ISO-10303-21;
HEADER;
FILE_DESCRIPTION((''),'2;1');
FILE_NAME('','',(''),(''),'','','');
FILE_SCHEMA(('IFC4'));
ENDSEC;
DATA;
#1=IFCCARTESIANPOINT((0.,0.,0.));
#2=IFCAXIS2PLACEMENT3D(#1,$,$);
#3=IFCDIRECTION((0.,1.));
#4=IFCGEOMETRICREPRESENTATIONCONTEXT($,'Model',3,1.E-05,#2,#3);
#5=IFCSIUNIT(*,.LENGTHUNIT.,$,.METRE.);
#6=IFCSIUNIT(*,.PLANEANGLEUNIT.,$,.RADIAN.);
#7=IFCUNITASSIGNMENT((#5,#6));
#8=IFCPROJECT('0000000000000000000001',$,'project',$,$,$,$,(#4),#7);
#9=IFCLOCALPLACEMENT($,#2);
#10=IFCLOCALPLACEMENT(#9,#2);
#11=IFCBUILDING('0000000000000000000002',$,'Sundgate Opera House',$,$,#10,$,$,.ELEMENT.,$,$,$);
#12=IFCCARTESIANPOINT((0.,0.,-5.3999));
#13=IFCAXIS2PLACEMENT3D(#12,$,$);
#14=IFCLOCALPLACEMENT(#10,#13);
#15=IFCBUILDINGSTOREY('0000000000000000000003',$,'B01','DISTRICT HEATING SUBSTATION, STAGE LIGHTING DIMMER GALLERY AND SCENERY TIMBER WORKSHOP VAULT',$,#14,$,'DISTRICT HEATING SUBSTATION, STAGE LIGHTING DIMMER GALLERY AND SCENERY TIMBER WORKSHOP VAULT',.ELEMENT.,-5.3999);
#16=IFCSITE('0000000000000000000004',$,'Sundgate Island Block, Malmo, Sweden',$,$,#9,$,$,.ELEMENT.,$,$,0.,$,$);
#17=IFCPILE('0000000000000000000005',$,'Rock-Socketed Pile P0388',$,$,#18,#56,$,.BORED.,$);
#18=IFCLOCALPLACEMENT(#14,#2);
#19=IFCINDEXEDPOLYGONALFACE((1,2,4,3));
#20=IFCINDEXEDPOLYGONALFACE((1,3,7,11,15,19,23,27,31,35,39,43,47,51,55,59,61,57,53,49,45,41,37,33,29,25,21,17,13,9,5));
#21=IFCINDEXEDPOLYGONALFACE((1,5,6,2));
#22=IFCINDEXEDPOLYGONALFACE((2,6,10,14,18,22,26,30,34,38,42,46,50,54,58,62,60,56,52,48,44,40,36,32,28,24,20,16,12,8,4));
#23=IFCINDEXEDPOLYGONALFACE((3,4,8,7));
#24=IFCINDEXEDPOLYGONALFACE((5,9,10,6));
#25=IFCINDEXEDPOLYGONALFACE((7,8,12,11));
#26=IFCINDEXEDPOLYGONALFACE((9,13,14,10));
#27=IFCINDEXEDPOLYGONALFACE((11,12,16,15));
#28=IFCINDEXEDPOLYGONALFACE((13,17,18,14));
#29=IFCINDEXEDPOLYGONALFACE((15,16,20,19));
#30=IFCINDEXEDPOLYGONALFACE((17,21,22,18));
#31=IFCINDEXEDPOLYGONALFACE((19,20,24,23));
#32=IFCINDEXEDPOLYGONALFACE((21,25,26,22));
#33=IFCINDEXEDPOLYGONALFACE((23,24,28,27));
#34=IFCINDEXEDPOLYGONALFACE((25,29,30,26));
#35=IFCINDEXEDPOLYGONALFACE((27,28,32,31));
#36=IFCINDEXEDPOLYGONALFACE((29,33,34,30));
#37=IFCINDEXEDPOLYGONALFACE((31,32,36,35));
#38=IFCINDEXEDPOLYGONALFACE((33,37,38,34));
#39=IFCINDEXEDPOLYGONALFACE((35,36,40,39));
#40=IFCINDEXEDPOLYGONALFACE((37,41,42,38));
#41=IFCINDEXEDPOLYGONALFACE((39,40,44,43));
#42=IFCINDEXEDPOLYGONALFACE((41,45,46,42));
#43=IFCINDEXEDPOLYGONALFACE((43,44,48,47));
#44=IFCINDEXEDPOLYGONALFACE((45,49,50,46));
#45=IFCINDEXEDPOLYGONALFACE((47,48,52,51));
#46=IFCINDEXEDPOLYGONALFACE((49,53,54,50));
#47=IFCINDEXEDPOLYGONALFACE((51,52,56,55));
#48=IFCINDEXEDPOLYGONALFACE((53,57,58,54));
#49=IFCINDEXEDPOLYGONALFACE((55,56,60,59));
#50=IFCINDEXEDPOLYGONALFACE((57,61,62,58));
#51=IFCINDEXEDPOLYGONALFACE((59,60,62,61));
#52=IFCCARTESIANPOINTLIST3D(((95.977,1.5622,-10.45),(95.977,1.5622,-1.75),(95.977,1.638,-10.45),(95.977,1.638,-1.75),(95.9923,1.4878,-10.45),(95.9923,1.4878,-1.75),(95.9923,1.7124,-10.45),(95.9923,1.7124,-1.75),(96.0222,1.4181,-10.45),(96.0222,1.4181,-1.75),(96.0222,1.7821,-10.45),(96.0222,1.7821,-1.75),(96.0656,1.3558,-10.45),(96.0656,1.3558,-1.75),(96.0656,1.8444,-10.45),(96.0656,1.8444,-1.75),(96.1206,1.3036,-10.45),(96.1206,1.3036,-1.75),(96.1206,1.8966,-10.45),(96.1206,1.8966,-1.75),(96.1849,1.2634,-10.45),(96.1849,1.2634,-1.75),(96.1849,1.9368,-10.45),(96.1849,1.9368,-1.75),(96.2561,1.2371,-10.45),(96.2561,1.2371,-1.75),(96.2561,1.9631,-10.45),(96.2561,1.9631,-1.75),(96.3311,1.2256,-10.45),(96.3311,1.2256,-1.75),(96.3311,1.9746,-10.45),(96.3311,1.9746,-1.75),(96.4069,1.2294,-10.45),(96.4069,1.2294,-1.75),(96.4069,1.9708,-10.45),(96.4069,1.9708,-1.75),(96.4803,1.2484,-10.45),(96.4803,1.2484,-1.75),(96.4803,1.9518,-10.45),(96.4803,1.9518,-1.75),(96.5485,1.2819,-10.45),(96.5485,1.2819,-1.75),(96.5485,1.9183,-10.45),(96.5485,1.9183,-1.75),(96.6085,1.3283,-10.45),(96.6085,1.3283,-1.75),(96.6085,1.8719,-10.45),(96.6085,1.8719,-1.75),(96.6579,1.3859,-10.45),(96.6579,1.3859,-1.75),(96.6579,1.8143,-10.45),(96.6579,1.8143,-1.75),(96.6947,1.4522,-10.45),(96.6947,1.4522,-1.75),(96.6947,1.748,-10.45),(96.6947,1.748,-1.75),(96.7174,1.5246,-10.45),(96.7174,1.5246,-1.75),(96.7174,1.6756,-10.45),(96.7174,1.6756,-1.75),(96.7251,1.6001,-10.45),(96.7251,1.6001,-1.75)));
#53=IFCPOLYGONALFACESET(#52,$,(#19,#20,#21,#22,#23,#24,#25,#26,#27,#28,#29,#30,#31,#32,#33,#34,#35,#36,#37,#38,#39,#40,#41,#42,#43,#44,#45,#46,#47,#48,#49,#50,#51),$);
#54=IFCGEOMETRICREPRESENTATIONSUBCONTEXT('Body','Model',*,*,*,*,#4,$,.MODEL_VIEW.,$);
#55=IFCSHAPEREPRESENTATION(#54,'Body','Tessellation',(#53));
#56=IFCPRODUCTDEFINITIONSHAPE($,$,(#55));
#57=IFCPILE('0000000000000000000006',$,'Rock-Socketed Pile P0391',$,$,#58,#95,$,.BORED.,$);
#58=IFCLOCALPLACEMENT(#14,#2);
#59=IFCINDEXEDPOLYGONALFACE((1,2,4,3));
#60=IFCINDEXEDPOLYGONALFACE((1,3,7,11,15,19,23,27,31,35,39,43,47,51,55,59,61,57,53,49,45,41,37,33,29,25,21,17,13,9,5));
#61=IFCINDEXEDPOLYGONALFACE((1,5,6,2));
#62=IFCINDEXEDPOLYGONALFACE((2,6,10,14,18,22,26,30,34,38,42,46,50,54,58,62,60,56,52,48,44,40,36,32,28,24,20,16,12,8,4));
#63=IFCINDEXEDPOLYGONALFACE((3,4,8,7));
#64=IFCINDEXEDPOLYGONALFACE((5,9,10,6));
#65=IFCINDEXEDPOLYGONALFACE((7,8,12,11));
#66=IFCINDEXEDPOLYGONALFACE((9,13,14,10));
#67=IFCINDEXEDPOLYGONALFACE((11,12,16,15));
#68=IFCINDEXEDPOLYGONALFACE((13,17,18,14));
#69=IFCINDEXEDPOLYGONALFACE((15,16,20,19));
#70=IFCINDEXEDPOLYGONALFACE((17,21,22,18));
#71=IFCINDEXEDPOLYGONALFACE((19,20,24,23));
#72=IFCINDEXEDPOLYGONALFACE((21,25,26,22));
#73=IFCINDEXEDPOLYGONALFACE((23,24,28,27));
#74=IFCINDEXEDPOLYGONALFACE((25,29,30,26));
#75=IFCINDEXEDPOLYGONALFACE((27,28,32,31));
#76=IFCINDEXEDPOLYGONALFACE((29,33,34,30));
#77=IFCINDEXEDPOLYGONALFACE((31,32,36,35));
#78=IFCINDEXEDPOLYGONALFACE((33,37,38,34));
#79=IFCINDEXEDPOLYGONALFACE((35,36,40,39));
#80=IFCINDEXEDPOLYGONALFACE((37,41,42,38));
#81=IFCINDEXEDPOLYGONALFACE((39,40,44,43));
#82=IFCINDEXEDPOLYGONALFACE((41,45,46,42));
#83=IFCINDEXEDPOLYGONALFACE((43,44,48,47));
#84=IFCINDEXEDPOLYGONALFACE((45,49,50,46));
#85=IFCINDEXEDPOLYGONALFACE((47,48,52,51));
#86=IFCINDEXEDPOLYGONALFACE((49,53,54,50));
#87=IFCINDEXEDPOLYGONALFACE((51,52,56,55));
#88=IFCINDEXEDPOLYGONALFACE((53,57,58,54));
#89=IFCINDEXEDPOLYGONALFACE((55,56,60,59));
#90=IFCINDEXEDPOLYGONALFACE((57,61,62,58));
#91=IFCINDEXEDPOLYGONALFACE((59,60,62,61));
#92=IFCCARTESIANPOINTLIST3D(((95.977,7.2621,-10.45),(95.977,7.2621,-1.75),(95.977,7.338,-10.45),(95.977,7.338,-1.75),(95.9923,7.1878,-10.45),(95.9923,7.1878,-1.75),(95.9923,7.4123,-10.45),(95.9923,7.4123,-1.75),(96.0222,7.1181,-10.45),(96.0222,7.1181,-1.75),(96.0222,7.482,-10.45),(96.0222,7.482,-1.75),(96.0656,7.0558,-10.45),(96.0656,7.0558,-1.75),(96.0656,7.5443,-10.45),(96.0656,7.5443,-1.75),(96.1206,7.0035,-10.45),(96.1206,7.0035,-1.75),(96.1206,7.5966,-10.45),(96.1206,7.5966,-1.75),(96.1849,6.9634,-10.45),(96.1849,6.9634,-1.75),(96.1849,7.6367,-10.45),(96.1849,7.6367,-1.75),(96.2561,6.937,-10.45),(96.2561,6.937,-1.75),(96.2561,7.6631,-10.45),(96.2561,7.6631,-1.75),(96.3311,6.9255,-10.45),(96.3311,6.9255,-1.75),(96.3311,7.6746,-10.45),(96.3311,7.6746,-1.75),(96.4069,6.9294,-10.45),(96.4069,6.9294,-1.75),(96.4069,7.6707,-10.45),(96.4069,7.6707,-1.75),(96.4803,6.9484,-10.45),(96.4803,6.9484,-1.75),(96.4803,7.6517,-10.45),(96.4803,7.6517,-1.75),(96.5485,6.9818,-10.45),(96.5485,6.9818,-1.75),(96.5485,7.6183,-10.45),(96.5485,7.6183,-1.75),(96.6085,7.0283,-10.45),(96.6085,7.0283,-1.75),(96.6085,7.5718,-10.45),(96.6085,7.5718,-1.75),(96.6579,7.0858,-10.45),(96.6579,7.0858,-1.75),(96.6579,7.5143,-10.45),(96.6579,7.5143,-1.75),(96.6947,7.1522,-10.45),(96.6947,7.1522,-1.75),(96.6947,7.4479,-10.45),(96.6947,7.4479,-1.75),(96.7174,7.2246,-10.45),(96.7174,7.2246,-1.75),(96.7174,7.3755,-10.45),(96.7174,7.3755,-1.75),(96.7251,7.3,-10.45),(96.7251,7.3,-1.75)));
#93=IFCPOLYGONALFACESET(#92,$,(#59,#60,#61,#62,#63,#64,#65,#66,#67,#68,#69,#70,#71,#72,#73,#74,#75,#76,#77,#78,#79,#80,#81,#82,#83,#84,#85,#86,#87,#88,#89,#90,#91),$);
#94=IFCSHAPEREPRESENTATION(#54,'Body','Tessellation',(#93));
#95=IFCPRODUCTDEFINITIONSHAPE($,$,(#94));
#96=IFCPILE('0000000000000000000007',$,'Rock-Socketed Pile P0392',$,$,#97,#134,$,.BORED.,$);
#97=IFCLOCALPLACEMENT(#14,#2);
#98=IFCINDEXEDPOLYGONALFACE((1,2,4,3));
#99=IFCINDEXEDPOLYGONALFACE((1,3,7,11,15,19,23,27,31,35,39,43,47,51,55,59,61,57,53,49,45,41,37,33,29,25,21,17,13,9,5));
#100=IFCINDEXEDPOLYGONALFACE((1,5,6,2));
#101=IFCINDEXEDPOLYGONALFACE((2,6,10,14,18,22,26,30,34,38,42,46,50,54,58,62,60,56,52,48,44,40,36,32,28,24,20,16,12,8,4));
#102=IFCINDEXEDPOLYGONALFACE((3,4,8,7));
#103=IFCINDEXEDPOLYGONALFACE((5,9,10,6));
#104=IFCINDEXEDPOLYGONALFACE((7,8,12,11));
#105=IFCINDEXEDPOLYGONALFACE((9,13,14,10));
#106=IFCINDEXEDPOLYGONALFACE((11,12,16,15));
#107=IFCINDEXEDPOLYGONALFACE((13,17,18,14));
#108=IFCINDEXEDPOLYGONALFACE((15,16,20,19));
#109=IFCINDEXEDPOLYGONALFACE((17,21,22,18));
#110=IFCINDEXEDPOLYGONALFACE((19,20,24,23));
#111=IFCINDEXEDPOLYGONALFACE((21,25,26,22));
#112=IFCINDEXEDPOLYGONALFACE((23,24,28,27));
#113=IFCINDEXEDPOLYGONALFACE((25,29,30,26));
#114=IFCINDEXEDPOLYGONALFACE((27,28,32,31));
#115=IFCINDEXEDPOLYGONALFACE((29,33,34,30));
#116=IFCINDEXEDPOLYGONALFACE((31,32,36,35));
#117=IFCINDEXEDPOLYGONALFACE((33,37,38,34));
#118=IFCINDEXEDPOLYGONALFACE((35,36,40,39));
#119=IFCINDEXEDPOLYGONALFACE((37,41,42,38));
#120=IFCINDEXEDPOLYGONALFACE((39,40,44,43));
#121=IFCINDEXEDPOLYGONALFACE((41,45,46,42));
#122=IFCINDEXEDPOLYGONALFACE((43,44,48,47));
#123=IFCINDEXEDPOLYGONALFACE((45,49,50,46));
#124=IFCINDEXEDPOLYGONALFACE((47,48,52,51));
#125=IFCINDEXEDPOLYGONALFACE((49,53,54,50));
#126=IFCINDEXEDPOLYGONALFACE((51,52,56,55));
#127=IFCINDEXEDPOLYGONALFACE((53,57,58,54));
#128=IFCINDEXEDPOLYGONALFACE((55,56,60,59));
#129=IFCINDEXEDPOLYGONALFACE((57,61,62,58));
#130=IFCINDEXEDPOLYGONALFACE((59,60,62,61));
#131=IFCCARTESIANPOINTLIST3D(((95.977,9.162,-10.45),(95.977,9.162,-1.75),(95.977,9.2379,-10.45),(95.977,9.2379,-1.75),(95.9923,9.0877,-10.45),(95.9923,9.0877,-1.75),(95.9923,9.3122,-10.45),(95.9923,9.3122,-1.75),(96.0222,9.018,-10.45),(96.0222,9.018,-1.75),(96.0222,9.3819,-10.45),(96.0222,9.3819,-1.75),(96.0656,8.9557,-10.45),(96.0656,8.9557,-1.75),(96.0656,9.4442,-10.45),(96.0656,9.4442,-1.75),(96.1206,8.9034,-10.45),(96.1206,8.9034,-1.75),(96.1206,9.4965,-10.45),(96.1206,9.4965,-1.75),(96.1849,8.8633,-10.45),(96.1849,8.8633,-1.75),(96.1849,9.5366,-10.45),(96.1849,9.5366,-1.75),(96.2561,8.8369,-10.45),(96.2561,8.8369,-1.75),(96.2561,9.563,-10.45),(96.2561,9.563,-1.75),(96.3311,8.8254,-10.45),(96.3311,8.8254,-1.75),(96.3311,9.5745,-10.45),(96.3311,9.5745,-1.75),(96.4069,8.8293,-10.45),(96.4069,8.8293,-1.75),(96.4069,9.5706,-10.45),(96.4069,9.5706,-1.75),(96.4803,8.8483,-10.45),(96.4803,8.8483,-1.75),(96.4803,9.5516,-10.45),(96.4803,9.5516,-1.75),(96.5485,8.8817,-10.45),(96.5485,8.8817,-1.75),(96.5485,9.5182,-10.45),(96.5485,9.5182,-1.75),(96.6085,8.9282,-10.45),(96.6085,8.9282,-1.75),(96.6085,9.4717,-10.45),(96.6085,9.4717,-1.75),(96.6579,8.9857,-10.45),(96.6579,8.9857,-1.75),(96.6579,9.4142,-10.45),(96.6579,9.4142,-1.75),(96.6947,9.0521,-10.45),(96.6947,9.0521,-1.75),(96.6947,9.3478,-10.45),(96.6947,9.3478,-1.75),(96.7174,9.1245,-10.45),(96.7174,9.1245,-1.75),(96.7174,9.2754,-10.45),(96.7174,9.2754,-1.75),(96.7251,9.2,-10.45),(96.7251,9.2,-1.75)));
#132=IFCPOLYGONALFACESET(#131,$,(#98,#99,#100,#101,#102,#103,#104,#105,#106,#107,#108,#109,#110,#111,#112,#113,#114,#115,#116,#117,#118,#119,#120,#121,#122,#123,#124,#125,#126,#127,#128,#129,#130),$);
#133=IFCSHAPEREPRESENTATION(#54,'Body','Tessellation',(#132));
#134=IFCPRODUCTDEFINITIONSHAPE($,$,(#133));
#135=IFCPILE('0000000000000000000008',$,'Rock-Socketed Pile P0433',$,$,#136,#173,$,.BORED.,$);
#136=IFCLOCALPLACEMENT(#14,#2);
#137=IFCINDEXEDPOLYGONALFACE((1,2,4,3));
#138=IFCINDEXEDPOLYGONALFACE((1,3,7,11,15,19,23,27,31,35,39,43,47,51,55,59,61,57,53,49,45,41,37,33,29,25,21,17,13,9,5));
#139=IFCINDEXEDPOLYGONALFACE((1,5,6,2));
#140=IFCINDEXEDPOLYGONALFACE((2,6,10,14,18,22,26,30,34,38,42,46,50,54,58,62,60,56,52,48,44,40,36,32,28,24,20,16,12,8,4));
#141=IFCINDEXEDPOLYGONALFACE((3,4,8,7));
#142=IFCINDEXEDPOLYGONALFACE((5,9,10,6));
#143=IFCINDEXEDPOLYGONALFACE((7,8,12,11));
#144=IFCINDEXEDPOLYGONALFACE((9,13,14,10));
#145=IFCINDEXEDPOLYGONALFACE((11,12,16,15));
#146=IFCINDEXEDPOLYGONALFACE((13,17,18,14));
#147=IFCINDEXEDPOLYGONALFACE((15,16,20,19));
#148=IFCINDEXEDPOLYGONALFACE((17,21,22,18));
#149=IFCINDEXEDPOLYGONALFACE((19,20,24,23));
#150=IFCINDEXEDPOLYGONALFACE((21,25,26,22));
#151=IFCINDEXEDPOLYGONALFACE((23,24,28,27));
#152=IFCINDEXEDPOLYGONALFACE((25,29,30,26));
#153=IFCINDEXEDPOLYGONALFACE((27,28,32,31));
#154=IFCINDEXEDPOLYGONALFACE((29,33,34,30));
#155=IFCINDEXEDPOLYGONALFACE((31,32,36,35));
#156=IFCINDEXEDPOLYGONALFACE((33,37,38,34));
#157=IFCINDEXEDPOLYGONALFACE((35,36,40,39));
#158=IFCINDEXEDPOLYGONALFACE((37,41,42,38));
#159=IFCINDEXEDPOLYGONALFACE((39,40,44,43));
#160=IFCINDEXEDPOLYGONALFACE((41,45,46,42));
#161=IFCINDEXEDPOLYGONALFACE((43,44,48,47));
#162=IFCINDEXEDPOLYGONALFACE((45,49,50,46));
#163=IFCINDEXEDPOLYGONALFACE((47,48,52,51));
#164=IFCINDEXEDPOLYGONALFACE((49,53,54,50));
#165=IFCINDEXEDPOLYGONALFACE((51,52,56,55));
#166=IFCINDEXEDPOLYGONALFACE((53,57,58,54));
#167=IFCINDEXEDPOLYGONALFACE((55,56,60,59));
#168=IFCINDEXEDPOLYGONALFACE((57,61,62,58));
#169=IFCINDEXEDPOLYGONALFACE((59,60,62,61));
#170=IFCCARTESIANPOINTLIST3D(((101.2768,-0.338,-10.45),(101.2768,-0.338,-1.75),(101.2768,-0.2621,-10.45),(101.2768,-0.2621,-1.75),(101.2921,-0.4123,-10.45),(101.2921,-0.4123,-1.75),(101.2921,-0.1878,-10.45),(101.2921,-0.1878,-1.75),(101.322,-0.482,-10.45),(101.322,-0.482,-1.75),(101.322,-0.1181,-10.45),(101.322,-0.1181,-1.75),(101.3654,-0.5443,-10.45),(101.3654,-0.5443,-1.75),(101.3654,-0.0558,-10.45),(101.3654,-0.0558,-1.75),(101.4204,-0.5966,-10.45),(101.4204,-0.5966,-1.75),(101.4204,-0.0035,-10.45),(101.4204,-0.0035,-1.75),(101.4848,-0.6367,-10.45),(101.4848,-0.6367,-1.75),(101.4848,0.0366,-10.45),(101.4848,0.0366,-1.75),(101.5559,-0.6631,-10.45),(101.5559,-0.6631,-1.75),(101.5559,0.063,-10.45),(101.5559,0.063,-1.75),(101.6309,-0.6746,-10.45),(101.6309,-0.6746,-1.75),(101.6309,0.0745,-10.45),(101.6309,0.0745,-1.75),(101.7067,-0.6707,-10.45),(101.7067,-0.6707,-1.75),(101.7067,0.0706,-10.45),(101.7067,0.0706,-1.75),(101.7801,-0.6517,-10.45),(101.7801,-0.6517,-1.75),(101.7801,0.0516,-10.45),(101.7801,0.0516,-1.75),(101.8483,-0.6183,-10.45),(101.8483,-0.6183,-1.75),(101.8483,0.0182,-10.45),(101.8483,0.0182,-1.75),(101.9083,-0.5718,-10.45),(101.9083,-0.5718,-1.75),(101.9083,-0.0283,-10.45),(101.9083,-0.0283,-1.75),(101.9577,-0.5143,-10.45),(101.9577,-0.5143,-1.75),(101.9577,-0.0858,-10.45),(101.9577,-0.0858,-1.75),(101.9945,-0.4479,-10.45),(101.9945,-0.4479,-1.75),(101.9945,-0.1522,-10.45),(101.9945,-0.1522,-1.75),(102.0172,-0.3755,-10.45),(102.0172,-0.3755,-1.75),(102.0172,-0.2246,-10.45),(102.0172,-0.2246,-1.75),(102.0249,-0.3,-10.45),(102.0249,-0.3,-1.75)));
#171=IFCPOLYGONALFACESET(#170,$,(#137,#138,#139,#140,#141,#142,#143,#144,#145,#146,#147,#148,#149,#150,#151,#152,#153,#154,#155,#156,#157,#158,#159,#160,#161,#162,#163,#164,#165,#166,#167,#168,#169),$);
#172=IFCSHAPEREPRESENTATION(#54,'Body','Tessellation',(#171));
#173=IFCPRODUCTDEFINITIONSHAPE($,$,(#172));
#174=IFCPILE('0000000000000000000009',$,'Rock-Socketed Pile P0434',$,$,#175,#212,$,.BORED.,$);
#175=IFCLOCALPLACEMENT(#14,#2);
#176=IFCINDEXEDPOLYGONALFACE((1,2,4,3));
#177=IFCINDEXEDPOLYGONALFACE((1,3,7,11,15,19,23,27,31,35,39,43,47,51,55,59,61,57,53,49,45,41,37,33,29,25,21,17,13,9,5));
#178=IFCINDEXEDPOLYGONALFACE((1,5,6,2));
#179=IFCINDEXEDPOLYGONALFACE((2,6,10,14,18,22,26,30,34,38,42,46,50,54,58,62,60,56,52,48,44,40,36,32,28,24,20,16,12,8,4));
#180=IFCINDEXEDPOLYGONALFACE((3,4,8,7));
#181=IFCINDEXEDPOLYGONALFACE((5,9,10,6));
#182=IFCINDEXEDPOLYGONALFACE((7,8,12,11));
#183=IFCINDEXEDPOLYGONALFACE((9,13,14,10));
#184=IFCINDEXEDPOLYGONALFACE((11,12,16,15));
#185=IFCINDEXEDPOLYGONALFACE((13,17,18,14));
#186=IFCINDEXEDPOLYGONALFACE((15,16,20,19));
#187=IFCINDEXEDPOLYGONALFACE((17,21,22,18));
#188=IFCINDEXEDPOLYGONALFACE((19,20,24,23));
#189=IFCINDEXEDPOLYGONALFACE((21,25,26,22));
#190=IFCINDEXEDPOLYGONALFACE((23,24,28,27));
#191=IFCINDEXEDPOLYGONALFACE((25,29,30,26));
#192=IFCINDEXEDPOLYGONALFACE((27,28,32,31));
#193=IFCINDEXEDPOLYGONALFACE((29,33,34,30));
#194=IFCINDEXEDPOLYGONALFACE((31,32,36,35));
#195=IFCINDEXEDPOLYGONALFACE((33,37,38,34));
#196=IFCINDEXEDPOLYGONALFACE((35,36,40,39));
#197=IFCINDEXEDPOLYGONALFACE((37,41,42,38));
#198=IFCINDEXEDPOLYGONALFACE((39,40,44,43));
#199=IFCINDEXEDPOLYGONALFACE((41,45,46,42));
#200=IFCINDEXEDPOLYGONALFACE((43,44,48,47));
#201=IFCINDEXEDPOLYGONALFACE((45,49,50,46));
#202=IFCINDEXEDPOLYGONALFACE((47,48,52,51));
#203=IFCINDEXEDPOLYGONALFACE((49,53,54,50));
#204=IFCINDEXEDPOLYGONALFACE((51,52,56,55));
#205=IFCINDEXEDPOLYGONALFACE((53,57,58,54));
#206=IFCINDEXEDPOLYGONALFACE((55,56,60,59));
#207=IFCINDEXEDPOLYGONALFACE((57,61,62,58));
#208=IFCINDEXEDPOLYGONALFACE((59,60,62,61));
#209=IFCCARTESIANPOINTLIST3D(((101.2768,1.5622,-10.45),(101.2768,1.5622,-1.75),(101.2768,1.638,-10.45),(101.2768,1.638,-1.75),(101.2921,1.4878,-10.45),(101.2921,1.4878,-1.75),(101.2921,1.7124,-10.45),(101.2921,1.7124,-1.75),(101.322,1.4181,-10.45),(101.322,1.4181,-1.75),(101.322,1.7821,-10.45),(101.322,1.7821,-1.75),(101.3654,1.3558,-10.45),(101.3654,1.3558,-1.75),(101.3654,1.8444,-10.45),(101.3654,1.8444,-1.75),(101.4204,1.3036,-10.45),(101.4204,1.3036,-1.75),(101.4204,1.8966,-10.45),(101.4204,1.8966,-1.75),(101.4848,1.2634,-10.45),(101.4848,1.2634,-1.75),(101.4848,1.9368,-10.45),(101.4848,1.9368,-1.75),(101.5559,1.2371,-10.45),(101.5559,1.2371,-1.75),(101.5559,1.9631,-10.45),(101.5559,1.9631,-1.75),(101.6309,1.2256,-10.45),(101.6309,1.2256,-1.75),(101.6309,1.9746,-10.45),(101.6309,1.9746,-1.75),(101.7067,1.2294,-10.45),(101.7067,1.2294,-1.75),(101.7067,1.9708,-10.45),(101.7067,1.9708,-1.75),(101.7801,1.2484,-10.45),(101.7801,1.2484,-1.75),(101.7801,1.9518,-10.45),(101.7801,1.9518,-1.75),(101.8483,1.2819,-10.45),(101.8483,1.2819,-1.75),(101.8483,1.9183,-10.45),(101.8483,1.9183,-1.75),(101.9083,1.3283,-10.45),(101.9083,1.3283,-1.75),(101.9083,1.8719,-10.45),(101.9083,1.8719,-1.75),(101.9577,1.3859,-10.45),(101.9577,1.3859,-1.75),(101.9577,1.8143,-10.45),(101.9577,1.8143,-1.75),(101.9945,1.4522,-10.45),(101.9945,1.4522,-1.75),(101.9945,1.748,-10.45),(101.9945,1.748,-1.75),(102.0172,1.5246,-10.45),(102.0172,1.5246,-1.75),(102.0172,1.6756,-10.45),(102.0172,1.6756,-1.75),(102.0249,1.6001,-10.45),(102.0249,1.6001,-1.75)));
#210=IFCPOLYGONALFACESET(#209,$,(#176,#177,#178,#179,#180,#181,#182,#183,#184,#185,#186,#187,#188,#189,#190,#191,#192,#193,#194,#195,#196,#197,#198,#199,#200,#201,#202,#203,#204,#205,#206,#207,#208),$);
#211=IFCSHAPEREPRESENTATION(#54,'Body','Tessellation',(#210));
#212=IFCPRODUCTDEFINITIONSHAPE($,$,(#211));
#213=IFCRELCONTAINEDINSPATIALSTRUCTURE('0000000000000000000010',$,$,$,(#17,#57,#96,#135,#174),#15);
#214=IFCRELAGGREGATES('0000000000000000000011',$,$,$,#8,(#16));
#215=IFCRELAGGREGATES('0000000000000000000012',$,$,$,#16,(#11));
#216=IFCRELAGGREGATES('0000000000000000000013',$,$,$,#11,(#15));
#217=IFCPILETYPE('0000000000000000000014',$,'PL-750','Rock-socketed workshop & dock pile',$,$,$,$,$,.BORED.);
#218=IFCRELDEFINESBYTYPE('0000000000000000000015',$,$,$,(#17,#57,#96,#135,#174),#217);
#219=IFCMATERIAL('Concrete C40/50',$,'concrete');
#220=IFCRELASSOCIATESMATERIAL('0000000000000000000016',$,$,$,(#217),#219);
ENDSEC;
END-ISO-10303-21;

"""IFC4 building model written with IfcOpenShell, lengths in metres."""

from ifc_helpers import new_model, si_unit, direction, frame, origin, origin_2d, place, context, subcontext, project, spatial, circle, extrude, material, material_profile, profile_set, type_object, element, save


model = new_model("IFC4")

# Units and contexts
model_context = context("Model", 3, precision=1e-05, world=origin(), true_north=direction((0.0, 1.0)))
body_context = subcontext(model_context, "Body", "Model", "MODEL_VIEW")
ifc_project = project(units=[si_unit("LENGTHUNIT", "METRE"), si_unit("PLANEANGLEUNIT", "RADIAN")], contexts=[model_context])

# Site, building, storey
site_placement = place(None, origin())
site = spatial("IfcSite", under=ifc_project, at=site_placement, Name="Sundgate Island Block, Malmo, Sweden", CompositionType="ELEMENT", RefElevation=0.0)
building_placement = place(site_placement, origin())
building = spatial("IfcBuilding", under=site, at=building_placement, Name="Sundgate Opera House", CompositionType="ELEMENT")
storey_placement = place(building_placement, frame((0.0, 0.0, -5.3999)))
storey = spatial("IfcBuildingStorey", under=building, at=storey_placement, Name="B01", Description="DISTRICT HEATING SUBSTATION, STAGE LIGHTING DIMMER GALLERY AND SCENERY TIMBER WORKSHOP VAULT", LongName="DISTRICT HEATING SUBSTATION, STAGE LIGHTING DIMMER GALLERY AND SCENERY TIMBER WORKSHOP VAULT", CompositionType="ELEMENT", Elevation=-5.3999)

# Piles
ifc_material_1 = material(Name="Concrete C40/50", Category="concrete")
ifc_material_profile_1 = material_profile(ifc_material_1, circle(Radius=0.375, at=origin_2d()), Name="PILE D750")
ifc_profile_set_1 = profile_set([ifc_material_profile_1], Name="Concrete C40/50")
pile_type = type_object("IfcPileType", Name="PL-750", Description="Rock-socketed workshop & dock pile", PredefinedType="BORED", material=ifc_profile_set_1)
for number, where, z_axis, x_axis, name in (
    (1, (96.3501, 1.6001, -1.75), (0.0, 0.0, -1.0), (1.0, 0.0, 0.0), "Rock-Socketed Pile P0388"),
    (2, (96.3501, 7.3, -1.75), (0.0, 0.0, -1.0), (1.0, 0.0, 0.0), "Rock-Socketed Pile P0391"),
    (3, (96.3501, 9.2, -1.75), (0.0, 0.0, -1.0), (1.0, 0.0, 0.0), "Rock-Socketed Pile P0392"),
    (4, (101.6499, -0.3, -1.75), (0.0, 0.0, -1.0), (1.0, 0.0, 0.0), "Rock-Socketed Pile P0433"),
    (5, (101.6499, 1.6001, -1.75), (0.0, 0.0, -1.0), (1.0, 0.0, 0.0), "Rock-Socketed Pile P0434"),
):
    element("IfcPile", number, at=place(storey_placement, frame(where, z_axis=z_axis, x_axis=x_axis)), inside=storey, type_object=pile_type, Name=name, PredefinedType="BORED", context=body_context, shape_type="SweptSolid", body=[
        extrude(circle(Radius=0.375, at=origin_2d()), origin(), (0.0, 0.0, 1.0), 8.7),
    ])

save(model, "model.ifc")
